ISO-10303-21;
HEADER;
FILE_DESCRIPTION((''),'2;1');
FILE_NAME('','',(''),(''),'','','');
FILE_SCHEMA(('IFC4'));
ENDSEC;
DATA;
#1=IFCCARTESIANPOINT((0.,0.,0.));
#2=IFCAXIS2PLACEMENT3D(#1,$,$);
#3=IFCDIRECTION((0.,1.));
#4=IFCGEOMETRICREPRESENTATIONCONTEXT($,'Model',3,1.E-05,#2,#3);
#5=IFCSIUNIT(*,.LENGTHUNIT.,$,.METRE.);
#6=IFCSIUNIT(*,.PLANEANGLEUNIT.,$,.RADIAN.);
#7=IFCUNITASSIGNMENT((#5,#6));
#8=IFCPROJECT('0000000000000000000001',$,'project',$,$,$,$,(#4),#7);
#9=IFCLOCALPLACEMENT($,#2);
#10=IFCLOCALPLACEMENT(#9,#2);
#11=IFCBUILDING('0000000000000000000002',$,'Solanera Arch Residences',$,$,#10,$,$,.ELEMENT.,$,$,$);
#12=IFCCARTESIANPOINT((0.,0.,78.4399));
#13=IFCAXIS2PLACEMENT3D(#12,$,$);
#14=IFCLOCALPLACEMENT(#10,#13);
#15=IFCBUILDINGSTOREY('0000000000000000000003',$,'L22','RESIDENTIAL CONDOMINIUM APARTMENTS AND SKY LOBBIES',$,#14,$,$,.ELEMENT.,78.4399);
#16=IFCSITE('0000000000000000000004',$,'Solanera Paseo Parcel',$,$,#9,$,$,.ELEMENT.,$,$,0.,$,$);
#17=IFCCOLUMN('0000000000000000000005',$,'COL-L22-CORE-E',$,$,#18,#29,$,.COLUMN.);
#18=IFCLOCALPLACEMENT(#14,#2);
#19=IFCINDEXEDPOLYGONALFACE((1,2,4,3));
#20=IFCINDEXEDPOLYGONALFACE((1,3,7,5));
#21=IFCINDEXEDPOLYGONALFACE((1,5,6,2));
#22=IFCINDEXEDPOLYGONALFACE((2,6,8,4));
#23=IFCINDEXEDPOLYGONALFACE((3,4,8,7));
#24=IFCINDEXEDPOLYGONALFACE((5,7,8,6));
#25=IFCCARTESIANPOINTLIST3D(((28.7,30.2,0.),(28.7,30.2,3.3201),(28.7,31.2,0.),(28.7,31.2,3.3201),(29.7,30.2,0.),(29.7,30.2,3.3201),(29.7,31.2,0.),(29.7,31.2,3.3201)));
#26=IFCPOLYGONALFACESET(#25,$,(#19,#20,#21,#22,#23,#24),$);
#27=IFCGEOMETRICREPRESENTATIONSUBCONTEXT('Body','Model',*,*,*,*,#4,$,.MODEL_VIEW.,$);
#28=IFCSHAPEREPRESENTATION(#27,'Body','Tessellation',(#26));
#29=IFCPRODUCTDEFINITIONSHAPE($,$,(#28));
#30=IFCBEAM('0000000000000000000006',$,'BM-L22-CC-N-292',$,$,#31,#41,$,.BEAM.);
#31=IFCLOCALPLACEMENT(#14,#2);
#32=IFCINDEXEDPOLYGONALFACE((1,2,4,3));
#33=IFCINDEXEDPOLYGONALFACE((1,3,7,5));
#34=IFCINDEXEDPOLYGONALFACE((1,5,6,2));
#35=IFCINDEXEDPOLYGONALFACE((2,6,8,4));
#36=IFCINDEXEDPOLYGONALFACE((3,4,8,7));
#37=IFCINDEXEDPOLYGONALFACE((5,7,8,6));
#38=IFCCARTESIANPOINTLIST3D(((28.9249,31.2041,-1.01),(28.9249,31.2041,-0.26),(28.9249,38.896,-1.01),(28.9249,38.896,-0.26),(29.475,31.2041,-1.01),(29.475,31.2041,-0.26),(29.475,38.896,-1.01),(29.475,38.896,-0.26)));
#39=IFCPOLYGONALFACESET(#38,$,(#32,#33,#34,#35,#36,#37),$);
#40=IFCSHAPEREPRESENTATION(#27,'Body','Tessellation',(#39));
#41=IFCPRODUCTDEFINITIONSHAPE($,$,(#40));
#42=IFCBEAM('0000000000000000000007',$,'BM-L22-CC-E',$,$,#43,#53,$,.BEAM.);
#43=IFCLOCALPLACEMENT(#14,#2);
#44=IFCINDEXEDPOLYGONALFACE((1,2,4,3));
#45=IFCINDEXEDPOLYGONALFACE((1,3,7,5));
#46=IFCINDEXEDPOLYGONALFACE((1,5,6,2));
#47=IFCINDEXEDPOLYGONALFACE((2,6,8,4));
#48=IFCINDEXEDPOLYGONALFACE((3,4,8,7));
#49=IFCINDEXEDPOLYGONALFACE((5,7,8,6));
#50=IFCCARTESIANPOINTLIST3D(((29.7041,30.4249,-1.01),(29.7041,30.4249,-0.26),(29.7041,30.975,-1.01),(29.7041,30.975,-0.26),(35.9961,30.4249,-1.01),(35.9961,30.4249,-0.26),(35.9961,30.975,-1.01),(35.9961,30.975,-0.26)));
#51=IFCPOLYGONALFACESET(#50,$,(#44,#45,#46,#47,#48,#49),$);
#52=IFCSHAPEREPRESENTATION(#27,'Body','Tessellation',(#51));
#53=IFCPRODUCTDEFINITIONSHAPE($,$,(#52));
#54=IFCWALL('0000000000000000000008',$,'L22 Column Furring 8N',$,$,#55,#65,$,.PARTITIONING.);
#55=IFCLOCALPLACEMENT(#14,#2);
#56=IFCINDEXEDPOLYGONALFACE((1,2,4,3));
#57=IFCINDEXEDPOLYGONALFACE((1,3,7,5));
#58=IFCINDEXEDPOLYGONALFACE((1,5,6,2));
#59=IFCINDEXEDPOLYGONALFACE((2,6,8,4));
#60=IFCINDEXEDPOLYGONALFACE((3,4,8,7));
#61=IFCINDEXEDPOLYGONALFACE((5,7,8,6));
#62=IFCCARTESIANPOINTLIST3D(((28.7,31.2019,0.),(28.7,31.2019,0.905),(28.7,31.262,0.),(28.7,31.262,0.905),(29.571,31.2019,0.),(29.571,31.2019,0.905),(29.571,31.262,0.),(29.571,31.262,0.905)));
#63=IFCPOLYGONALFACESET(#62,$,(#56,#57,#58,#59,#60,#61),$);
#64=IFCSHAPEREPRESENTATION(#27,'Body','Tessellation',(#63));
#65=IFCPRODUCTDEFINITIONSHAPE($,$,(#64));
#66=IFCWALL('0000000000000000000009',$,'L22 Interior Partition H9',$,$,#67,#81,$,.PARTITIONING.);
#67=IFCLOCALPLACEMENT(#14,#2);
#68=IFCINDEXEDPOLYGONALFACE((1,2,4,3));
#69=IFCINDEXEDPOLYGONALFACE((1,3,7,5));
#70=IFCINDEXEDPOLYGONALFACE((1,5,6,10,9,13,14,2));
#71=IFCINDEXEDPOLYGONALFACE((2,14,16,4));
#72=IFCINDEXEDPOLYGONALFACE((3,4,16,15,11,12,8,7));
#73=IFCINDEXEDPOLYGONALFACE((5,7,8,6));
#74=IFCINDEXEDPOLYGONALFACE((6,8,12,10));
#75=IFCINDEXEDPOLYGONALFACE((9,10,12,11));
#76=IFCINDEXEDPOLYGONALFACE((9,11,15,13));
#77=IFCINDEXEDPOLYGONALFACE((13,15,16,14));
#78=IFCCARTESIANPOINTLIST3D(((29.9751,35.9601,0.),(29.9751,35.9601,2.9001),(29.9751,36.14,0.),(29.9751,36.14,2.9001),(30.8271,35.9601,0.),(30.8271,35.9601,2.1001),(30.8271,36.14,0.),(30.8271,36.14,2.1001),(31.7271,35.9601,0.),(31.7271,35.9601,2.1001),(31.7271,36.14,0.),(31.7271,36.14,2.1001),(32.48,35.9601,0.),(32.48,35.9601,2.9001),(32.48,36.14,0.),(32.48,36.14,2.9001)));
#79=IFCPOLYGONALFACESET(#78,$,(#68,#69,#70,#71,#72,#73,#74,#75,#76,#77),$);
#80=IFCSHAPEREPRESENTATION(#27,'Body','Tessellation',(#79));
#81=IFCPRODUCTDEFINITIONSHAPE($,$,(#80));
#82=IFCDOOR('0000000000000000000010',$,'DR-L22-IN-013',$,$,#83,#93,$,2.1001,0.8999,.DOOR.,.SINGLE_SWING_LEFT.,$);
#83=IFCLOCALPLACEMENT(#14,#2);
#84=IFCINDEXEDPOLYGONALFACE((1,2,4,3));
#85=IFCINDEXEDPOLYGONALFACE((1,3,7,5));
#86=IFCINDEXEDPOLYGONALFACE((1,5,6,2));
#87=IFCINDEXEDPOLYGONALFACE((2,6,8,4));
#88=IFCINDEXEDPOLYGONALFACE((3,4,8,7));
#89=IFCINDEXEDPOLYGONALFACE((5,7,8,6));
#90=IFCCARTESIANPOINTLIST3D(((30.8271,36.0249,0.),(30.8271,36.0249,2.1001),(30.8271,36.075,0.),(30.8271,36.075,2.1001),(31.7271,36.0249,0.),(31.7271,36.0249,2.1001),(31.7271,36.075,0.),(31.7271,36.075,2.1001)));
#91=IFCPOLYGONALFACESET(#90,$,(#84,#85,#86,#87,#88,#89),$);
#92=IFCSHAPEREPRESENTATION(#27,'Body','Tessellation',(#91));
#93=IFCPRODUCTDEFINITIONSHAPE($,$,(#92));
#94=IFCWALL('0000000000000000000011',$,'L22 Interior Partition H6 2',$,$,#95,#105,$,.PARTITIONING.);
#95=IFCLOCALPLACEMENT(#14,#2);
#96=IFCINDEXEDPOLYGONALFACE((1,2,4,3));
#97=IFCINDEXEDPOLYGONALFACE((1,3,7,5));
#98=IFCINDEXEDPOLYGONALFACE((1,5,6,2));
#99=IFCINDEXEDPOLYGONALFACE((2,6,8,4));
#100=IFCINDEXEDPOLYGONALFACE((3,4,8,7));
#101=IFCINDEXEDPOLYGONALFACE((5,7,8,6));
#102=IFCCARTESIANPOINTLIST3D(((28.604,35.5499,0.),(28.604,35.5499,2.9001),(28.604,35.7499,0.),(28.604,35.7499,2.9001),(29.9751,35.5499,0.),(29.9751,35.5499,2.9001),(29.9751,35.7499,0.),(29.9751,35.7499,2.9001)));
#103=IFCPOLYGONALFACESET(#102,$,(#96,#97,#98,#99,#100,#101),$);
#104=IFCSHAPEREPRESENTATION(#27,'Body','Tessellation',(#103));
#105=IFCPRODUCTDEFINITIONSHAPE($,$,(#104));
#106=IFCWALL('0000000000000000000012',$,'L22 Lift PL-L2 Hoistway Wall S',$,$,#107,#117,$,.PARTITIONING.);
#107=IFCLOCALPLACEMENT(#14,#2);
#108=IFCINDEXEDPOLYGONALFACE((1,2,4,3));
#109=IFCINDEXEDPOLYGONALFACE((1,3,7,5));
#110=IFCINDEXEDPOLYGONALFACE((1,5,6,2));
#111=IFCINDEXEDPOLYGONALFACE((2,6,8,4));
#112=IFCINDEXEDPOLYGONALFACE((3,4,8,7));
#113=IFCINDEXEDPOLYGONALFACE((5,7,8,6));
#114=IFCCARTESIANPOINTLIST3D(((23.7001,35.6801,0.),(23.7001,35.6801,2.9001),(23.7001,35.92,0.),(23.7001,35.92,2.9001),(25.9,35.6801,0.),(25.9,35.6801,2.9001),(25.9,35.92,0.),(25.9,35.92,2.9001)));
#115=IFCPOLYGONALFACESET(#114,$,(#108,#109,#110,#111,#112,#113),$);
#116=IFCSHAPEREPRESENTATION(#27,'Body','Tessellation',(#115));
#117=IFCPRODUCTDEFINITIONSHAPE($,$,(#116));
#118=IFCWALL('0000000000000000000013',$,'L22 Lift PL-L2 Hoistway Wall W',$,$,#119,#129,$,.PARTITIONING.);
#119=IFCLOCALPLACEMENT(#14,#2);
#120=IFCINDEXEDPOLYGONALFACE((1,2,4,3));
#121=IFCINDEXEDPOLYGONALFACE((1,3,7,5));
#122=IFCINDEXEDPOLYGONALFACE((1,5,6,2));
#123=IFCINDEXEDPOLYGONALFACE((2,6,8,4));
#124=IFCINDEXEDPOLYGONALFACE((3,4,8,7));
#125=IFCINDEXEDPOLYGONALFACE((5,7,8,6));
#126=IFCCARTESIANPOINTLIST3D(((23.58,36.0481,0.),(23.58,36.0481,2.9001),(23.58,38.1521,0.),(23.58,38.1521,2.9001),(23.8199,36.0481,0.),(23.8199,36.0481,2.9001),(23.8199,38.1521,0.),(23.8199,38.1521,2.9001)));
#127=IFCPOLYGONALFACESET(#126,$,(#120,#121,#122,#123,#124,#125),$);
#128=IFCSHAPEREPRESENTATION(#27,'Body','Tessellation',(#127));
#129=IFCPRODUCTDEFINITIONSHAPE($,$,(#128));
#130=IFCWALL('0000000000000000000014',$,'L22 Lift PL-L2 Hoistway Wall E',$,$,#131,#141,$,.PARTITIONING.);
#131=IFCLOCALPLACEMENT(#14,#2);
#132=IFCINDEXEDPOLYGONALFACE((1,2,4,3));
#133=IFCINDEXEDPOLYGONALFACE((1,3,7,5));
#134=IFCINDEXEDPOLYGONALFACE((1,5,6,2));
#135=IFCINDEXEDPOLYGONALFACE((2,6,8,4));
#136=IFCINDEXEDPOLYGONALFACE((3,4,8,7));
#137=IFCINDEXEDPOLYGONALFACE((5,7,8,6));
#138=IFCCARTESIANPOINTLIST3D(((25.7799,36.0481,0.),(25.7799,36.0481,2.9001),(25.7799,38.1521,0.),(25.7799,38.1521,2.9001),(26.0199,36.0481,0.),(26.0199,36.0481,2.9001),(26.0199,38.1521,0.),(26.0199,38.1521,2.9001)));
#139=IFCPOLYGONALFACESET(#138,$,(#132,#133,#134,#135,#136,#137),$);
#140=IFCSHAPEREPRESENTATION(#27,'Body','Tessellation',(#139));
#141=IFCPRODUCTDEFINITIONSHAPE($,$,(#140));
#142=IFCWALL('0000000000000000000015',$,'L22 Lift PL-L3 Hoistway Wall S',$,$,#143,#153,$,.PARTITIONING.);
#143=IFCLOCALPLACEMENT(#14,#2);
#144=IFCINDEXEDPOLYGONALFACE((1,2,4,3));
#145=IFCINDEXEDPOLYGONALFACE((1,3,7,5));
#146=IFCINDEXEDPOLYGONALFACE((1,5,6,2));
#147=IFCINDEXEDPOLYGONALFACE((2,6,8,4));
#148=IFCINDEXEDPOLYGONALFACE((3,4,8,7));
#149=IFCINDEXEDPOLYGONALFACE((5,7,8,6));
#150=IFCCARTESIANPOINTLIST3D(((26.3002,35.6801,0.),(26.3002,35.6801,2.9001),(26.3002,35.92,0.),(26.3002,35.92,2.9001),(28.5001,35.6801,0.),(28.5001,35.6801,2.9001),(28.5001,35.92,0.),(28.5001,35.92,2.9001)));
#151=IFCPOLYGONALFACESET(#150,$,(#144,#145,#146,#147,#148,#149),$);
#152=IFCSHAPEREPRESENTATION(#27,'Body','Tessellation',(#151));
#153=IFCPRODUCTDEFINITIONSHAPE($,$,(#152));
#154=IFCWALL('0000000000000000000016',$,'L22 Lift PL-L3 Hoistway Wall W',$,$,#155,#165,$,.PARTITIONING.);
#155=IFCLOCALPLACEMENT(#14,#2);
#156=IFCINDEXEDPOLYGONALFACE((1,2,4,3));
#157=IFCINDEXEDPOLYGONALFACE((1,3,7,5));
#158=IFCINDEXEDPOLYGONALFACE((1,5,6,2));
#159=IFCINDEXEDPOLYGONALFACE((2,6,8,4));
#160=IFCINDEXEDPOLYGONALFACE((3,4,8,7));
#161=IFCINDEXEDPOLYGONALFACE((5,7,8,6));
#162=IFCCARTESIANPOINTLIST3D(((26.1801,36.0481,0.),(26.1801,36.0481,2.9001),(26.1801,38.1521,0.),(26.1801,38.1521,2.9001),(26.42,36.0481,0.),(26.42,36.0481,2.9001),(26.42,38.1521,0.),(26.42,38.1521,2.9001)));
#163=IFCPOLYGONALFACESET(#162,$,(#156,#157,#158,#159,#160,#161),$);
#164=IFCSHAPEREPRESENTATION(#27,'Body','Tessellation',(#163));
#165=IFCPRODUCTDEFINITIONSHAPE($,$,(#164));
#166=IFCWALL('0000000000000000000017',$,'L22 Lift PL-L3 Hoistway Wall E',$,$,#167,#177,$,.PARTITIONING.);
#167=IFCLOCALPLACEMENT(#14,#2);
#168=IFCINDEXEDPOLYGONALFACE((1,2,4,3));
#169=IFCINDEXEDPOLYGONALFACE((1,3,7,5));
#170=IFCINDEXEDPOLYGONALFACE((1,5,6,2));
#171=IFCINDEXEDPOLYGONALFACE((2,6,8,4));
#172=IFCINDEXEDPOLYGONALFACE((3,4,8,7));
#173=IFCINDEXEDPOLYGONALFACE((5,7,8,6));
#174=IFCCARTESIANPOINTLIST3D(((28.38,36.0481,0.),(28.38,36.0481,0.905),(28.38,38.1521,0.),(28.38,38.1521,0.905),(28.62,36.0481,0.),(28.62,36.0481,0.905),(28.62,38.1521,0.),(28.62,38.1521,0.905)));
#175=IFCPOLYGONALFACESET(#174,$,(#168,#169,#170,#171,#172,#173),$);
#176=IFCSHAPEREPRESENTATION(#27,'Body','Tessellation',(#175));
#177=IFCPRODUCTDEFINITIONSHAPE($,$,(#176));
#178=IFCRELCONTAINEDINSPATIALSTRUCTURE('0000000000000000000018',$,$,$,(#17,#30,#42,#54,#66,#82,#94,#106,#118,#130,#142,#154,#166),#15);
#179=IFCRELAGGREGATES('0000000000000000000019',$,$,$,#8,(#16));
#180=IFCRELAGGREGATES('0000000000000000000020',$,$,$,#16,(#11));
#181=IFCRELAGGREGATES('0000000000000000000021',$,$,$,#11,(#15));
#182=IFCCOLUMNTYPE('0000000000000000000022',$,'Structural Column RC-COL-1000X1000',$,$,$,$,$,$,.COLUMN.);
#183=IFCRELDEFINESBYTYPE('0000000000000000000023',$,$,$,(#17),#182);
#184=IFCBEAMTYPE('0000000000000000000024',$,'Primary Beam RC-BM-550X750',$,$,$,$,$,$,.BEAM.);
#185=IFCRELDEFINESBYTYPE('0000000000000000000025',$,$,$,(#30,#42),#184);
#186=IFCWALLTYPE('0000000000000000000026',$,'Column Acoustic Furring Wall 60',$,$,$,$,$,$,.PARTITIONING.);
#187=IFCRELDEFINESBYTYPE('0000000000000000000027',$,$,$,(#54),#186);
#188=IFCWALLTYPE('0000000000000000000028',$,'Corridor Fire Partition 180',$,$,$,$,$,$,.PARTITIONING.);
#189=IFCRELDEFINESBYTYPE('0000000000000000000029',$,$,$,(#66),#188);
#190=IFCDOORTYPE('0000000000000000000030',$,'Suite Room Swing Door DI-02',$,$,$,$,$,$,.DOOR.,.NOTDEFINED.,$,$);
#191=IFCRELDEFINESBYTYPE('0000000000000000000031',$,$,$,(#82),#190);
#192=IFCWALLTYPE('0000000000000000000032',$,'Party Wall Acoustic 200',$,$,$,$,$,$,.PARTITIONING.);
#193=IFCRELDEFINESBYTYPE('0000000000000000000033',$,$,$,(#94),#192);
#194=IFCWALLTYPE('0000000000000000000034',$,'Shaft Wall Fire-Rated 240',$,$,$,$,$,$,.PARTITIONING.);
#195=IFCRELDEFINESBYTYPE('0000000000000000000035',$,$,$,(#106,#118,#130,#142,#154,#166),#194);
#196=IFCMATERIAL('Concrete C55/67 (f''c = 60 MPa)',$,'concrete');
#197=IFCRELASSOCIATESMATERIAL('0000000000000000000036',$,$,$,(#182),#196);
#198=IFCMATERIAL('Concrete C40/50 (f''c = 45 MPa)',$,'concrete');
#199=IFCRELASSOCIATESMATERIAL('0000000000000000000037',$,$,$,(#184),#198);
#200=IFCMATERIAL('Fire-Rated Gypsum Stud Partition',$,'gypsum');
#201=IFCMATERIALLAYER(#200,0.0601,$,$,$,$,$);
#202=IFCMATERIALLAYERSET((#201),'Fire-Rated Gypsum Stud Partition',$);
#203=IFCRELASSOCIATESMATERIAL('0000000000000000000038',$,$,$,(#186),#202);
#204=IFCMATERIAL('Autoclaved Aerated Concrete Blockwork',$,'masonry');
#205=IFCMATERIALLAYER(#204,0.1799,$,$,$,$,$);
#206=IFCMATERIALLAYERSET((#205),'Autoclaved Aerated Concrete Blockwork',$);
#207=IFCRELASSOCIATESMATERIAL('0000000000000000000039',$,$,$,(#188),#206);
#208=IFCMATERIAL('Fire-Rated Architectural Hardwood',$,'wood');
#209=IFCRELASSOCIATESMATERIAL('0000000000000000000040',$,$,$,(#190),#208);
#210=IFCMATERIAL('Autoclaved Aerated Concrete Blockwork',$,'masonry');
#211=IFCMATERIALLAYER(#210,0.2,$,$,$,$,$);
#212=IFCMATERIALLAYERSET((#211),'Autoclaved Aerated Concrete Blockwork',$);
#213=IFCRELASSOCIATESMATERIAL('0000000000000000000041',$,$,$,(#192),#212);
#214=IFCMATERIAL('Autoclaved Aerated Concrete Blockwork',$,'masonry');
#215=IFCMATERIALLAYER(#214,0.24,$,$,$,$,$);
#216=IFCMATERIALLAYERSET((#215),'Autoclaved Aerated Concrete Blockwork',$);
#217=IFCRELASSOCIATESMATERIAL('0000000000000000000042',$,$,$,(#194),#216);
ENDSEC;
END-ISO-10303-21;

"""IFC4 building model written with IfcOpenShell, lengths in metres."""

from ifc_helpers import new_model, si_unit, direction, frame, frame_2d, origin, origin_2d, place, context, subcontext, project, spatial, rectangle, extrude, material, layer, layer_set, material_profile, profile_set, type_object, element, fill, save


model = new_model("IFC4")

# Units and contexts
model_context = context("Model", 3, precision=1e-05, world=origin(), true_north=direction((0.0, 1.0)))
body_context = subcontext(model_context, "Body", "Model", "MODEL_VIEW")
ifc_project = project(units=[si_unit("LENGTHUNIT", "METRE"), si_unit("PLANEANGLEUNIT", "RADIAN")], contexts=[model_context])

# Site, building, storey
site_placement = place(None, origin())
site = spatial("IfcSite", under=ifc_project, at=site_placement, Name="Solanera Paseo Parcel", CompositionType="ELEMENT", RefElevation=0.0)
building_placement = place(site_placement, origin())
building = spatial("IfcBuilding", under=site, at=building_placement, Name="Solanera Arch Residences", CompositionType="ELEMENT")
storey_placement = place(building_placement, frame((0.0, 0.0, 78.4399)))
storey = spatial("IfcBuildingStorey", under=building, at=storey_placement, Name="L22", Description="RESIDENTIAL CONDOMINIUM APARTMENTS AND SKY LOBBIES", CompositionType="ELEMENT", Elevation=78.4399)

# Column
ifc_material_1 = material(Name="Concrete C55/67 (f'c = 60 MPa)", Category="concrete")
ifc_material_profile_1 = material_profile(ifc_material_1, rectangle(XDim=1.0, YDim=1.0, at=origin_2d()))
ifc_profile_set_1 = profile_set([ifc_material_profile_1], Name="Concrete C55/67 (f'c = 60 MPa)")
column_type = type_object("IfcColumnType", Name="Structural Column RC-COL-1000X1000", PredefinedType="COLUMN", material=ifc_profile_set_1)
column_placement = place(storey_placement, frame((29.2, 30.7, 0.0), z_axis=(0.0, 0.0, 1.0), x_axis=(1.0, 0.0, 0.0)))
element("IfcColumn", 1, at=column_placement, inside=storey, type_object=column_type, Name="COL-L22-CORE-E", PredefinedType="COLUMN", context=body_context, shape_type="SweptSolid", body=[
    extrude(rectangle(XDim=1.0, YDim=1.0, at=origin_2d()), origin(), (0.0, 0.0, 1.0), 3.3201),
])

# Beams
ifc_material_2 = material(Name="Concrete C40/50 (f'c = 45 MPa)", Category="concrete")
ifc_material_profile_2 = material_profile(ifc_material_2, rectangle(XDim=0.55, YDim=0.75, at=origin_2d()))
ifc_profile_set_2 = profile_set([ifc_material_profile_2], Name="Concrete C40/50 (f'c = 45 MPa)")
beam_type = type_object("IfcBeamType", Name="Primary Beam RC-BM-550X750", PredefinedType="BEAM", material=ifc_profile_set_2)
beam_1_placement = place(storey_placement, frame((29.2, 31.2041, -0.635), z_axis=(0.0, 1.0, 0.0), x_axis=(-1.0, 0.0, 0.0)))
element("IfcBeam", 2, at=beam_1_placement, inside=storey, type_object=beam_type, Name="BM-L22-CC-N-292", PredefinedType="BEAM", context=body_context, shape_type="SweptSolid", body=[
    extrude(rectangle(XDim=0.55, YDim=0.75, at=origin_2d()), origin(), (0.0, 0.0, 1.0), 7.6919),
])
beam_2_placement = place(storey_placement, frame((29.7041, 30.7, -0.635), z_axis=(1.0, 0.0, 0.0), x_axis=(0.0, 1.0, 0.0)))
element("IfcBeam", 3, at=beam_2_placement, inside=storey, type_object=beam_type, Name="BM-L22-CC-E", PredefinedType="BEAM", context=body_context, shape_type="SweptSolid", body=[
    extrude(rectangle(XDim=0.55, YDim=0.75, at=origin_2d()), origin(), (0.0, 0.0, 1.0), 6.292),
])

# Wall
ifc_material_3 = material(Name="Fire-Rated Gypsum Stud Partition", Category="gypsum")
ifc_layer_1 = layer(ifc_material_3, 0.0601)
ifc_layer_set_1 = layer_set([ifc_layer_1], Name="Fire-Rated Gypsum Stud Partition")
wall_type_1 = type_object("IfcWallType", Name="Column Acoustic Furring Wall 60", PredefinedType="PARTITIONING", material=ifc_layer_set_1)
wall_1_placement = place(storey_placement, frame((28.7, 31.2319, 0.0), z_axis=(0.0, 0.0, 1.0), x_axis=(1.0, 0.0, 0.0)))
element("IfcWall", 4, at=wall_1_placement, inside=storey, type_object=wall_type_1, Name="L22 Column Furring 8N", PredefinedType="PARTITIONING", context=body_context, shape_type="SweptSolid", body=[
    extrude(rectangle(XDim=0.8711, YDim=0.0601, at=frame_2d((0.4355, 0.0))), origin(), (0.0, 0.0, 1.0), 0.905),
])

# Wall, opening, door
ifc_material_4 = material(Name="Autoclaved Aerated Concrete Blockwork", Category="masonry")
ifc_layer_2 = layer(ifc_material_4, 0.1799)
ifc_layer_set_2 = layer_set([ifc_layer_2], Name="Autoclaved Aerated Concrete Blockwork")
wall_type_2 = type_object("IfcWallType", Name="Corridor Fire Partition 180", PredefinedType="PARTITIONING", material=ifc_layer_set_2)
wall_2_placement = place(storey_placement, frame((29.9751, 36.05, 0.0), z_axis=(0.0, 0.0, 1.0), x_axis=(1.0, 0.0, 0.0)))
wall_2 = element("IfcWall", 5, at=wall_2_placement, inside=storey, type_object=wall_type_2, Name="L22 Interior Partition H9", PredefinedType="PARTITIONING", context=body_context, shape_type="SweptSolid", body=[
    extrude(rectangle(XDim=2.5049, YDim=0.1799, at=frame_2d((1.2524, 0.0))), origin(), (0.0, 0.0, 1.0), 2.9001),
])
opening_1_placement = place(wall_2_placement, frame((0.8521, 0.0, 0.0)))
opening_1 = element("IfcOpeningElement", 6, at=opening_1_placement, cuts=wall_2, PredefinedType="OPENING", context=body_context, shape_type="SweptSolid", body=[
    extrude(rectangle(XDim=0.8999, YDim=2.1001, at=frame_2d((0.45, 1.05))), frame((0.0, 0.1001, 0.0), z_axis=(0.0, -1.0, 0.0), x_axis=(1.0, 0.0, 0.0)), (0.0, 0.0, 1.0), 0.1999),
])
ifc_material_5 = material(Name="Fire-Rated Architectural Hardwood", Category="wood")
door_type_1 = type_object("IfcDoorType", Name="Suite Room Swing Door DI-02", OperationType="NOTDEFINED", PredefinedType="DOOR", material=ifc_material_5)
door_1_placement = place(opening_1_placement, origin())
door_1 = element("IfcDoor", 7, at=door_1_placement, inside=storey, type_object=door_type_1, Name="DR-L22-IN-013", OperationType="SINGLE_SWING_LEFT", OverallHeight=2.1001, OverallWidth=0.8999, PredefinedType="DOOR", context=body_context, shape_type="SweptSolid", body=[
    extrude(rectangle(XDim=0.8999, YDim=2.1001, at=frame_2d((0.45, 1.05))), frame((0.0, 0.0249, 0.0), z_axis=(0.0, -1.0, 0.0), x_axis=(1.0, 0.0, 0.0)), (0.0, 0.0, 1.0), 0.05),
])
fill(opening_1, door_1)

# Walls
ifc_material_6 = material(Name="Autoclaved Aerated Concrete Blockwork", Category="masonry")
ifc_layer_3 = layer(ifc_material_6, 0.2)
ifc_layer_set_3 = layer_set([ifc_layer_3], Name="Autoclaved Aerated Concrete Blockwork")
wall_type_3 = type_object("IfcWallType", Name="Party Wall Acoustic 200", PredefinedType="PARTITIONING", material=ifc_layer_set_3)
wall_3_placement = place(storey_placement, frame((28.604, 35.6499, 0.0), z_axis=(0.0, 0.0, 1.0), x_axis=(1.0, 0.0, 0.0)))
element("IfcWall", 8, at=wall_3_placement, inside=storey, type_object=wall_type_3, Name="L22 Interior Partition H6 2", PredefinedType="PARTITIONING", context=body_context, shape_type="SweptSolid", body=[
    extrude(rectangle(XDim=1.3711, YDim=0.2, at=frame_2d((0.6855, 0.0))), origin(), (0.0, 0.0, 1.0), 2.9001),
])
ifc_material_7 = material(Name="Autoclaved Aerated Concrete Blockwork", Category="masonry")
ifc_layer_4 = layer(ifc_material_7, 0.24)
ifc_layer_set_4 = layer_set([ifc_layer_4], Name="Autoclaved Aerated Concrete Blockwork")
wall_type_4 = type_object("IfcWallType", Name="Shaft Wall Fire-Rated 240", PredefinedType="PARTITIONING", material=ifc_layer_set_4)
wall_4_placement = place(storey_placement, frame((23.7, 35.8, 0.0), z_axis=(0.0, 0.0, 1.0), x_axis=(1.0, 0.0, 0.0)))
element("IfcWall", 9, at=wall_4_placement, inside=storey, type_object=wall_type_4, Name="L22 Lift PL-L2 Hoistway Wall S", PredefinedType="PARTITIONING", context=body_context, shape_type="SweptSolid", body=[
    extrude(rectangle(XDim=2.2, YDim=0.24, at=frame_2d((1.1001, 0.0))), origin(), (0.0, 0.0, 1.0), 2.9001),
])
for number, where, z_axis, x_axis, name in (
    (10, (23.7, 36.0481, 0.0), (0.0, 0.0, 1.0), (0.0, 1.0, 0.0), "L22 Lift PL-L2 Hoistway Wall W"),
    (11, (25.8999, 36.0481, 0.0), (0.0, 0.0, 1.0), (0.0, 1.0, 0.0), "L22 Lift PL-L2 Hoistway Wall E"),
):
    element("IfcWall", number, at=place(storey_placement, frame(where, z_axis=z_axis, x_axis=x_axis)), inside=storey, type_object=wall_type_4, Name=name, PredefinedType="PARTITIONING", context=body_context, shape_type="SweptSolid", body=[
        extrude(rectangle(XDim=2.104, YDim=0.24, at=frame_2d((1.052, 0.0))), origin(), (0.0, 0.0, 1.0), 2.9001),
    ])
wall_5_placement = place(storey_placement, frame((26.3, 35.8, 0.0), z_axis=(0.0, 0.0, 1.0), x_axis=(1.0, 0.0, 0.0)))
element("IfcWall", 12, at=wall_5_placement, inside=storey, type_object=wall_type_4, Name="L22 Lift PL-L3 Hoistway Wall S", PredefinedType="PARTITIONING", context=body_context, shape_type="SweptSolid", body=[
    extrude(rectangle(XDim=2.2, YDim=0.24, at=frame_2d((1.1001, 0.0))), origin(), (0.0, 0.0, 1.0), 2.9001),
])
wall_6_placement = place(storey_placement, frame((26.3, 36.0481, 0.0), z_axis=(0.0, 0.0, 1.0), x_axis=(0.0, 1.0, 0.0)))
element("IfcWall", 13, at=wall_6_placement, inside=storey, type_object=wall_type_4, Name="L22 Lift PL-L3 Hoistway Wall W", PredefinedType="PARTITIONING", context=body_context, shape_type="SweptSolid", body=[
    extrude(rectangle(XDim=2.104, YDim=0.24, at=frame_2d((1.052, 0.0))), origin(), (0.0, 0.0, 1.0), 2.9001),
])
wall_7_placement = place(storey_placement, frame((28.5, 36.0481, 0.0), z_axis=(0.0, 0.0, 1.0), x_axis=(0.0, 1.0, 0.0)))
element("IfcWall", 14, at=wall_7_placement, inside=storey, type_object=wall_type_4, Name="L22 Lift PL-L3 Hoistway Wall E", PredefinedType="PARTITIONING", context=body_context, shape_type="SweptSolid", body=[
    extrude(rectangle(XDim=2.104, YDim=0.24, at=frame_2d((1.052, 0.0))), origin(), (0.0, 0.0, 1.0), 0.905),
])

save(model, "model.ifc")
